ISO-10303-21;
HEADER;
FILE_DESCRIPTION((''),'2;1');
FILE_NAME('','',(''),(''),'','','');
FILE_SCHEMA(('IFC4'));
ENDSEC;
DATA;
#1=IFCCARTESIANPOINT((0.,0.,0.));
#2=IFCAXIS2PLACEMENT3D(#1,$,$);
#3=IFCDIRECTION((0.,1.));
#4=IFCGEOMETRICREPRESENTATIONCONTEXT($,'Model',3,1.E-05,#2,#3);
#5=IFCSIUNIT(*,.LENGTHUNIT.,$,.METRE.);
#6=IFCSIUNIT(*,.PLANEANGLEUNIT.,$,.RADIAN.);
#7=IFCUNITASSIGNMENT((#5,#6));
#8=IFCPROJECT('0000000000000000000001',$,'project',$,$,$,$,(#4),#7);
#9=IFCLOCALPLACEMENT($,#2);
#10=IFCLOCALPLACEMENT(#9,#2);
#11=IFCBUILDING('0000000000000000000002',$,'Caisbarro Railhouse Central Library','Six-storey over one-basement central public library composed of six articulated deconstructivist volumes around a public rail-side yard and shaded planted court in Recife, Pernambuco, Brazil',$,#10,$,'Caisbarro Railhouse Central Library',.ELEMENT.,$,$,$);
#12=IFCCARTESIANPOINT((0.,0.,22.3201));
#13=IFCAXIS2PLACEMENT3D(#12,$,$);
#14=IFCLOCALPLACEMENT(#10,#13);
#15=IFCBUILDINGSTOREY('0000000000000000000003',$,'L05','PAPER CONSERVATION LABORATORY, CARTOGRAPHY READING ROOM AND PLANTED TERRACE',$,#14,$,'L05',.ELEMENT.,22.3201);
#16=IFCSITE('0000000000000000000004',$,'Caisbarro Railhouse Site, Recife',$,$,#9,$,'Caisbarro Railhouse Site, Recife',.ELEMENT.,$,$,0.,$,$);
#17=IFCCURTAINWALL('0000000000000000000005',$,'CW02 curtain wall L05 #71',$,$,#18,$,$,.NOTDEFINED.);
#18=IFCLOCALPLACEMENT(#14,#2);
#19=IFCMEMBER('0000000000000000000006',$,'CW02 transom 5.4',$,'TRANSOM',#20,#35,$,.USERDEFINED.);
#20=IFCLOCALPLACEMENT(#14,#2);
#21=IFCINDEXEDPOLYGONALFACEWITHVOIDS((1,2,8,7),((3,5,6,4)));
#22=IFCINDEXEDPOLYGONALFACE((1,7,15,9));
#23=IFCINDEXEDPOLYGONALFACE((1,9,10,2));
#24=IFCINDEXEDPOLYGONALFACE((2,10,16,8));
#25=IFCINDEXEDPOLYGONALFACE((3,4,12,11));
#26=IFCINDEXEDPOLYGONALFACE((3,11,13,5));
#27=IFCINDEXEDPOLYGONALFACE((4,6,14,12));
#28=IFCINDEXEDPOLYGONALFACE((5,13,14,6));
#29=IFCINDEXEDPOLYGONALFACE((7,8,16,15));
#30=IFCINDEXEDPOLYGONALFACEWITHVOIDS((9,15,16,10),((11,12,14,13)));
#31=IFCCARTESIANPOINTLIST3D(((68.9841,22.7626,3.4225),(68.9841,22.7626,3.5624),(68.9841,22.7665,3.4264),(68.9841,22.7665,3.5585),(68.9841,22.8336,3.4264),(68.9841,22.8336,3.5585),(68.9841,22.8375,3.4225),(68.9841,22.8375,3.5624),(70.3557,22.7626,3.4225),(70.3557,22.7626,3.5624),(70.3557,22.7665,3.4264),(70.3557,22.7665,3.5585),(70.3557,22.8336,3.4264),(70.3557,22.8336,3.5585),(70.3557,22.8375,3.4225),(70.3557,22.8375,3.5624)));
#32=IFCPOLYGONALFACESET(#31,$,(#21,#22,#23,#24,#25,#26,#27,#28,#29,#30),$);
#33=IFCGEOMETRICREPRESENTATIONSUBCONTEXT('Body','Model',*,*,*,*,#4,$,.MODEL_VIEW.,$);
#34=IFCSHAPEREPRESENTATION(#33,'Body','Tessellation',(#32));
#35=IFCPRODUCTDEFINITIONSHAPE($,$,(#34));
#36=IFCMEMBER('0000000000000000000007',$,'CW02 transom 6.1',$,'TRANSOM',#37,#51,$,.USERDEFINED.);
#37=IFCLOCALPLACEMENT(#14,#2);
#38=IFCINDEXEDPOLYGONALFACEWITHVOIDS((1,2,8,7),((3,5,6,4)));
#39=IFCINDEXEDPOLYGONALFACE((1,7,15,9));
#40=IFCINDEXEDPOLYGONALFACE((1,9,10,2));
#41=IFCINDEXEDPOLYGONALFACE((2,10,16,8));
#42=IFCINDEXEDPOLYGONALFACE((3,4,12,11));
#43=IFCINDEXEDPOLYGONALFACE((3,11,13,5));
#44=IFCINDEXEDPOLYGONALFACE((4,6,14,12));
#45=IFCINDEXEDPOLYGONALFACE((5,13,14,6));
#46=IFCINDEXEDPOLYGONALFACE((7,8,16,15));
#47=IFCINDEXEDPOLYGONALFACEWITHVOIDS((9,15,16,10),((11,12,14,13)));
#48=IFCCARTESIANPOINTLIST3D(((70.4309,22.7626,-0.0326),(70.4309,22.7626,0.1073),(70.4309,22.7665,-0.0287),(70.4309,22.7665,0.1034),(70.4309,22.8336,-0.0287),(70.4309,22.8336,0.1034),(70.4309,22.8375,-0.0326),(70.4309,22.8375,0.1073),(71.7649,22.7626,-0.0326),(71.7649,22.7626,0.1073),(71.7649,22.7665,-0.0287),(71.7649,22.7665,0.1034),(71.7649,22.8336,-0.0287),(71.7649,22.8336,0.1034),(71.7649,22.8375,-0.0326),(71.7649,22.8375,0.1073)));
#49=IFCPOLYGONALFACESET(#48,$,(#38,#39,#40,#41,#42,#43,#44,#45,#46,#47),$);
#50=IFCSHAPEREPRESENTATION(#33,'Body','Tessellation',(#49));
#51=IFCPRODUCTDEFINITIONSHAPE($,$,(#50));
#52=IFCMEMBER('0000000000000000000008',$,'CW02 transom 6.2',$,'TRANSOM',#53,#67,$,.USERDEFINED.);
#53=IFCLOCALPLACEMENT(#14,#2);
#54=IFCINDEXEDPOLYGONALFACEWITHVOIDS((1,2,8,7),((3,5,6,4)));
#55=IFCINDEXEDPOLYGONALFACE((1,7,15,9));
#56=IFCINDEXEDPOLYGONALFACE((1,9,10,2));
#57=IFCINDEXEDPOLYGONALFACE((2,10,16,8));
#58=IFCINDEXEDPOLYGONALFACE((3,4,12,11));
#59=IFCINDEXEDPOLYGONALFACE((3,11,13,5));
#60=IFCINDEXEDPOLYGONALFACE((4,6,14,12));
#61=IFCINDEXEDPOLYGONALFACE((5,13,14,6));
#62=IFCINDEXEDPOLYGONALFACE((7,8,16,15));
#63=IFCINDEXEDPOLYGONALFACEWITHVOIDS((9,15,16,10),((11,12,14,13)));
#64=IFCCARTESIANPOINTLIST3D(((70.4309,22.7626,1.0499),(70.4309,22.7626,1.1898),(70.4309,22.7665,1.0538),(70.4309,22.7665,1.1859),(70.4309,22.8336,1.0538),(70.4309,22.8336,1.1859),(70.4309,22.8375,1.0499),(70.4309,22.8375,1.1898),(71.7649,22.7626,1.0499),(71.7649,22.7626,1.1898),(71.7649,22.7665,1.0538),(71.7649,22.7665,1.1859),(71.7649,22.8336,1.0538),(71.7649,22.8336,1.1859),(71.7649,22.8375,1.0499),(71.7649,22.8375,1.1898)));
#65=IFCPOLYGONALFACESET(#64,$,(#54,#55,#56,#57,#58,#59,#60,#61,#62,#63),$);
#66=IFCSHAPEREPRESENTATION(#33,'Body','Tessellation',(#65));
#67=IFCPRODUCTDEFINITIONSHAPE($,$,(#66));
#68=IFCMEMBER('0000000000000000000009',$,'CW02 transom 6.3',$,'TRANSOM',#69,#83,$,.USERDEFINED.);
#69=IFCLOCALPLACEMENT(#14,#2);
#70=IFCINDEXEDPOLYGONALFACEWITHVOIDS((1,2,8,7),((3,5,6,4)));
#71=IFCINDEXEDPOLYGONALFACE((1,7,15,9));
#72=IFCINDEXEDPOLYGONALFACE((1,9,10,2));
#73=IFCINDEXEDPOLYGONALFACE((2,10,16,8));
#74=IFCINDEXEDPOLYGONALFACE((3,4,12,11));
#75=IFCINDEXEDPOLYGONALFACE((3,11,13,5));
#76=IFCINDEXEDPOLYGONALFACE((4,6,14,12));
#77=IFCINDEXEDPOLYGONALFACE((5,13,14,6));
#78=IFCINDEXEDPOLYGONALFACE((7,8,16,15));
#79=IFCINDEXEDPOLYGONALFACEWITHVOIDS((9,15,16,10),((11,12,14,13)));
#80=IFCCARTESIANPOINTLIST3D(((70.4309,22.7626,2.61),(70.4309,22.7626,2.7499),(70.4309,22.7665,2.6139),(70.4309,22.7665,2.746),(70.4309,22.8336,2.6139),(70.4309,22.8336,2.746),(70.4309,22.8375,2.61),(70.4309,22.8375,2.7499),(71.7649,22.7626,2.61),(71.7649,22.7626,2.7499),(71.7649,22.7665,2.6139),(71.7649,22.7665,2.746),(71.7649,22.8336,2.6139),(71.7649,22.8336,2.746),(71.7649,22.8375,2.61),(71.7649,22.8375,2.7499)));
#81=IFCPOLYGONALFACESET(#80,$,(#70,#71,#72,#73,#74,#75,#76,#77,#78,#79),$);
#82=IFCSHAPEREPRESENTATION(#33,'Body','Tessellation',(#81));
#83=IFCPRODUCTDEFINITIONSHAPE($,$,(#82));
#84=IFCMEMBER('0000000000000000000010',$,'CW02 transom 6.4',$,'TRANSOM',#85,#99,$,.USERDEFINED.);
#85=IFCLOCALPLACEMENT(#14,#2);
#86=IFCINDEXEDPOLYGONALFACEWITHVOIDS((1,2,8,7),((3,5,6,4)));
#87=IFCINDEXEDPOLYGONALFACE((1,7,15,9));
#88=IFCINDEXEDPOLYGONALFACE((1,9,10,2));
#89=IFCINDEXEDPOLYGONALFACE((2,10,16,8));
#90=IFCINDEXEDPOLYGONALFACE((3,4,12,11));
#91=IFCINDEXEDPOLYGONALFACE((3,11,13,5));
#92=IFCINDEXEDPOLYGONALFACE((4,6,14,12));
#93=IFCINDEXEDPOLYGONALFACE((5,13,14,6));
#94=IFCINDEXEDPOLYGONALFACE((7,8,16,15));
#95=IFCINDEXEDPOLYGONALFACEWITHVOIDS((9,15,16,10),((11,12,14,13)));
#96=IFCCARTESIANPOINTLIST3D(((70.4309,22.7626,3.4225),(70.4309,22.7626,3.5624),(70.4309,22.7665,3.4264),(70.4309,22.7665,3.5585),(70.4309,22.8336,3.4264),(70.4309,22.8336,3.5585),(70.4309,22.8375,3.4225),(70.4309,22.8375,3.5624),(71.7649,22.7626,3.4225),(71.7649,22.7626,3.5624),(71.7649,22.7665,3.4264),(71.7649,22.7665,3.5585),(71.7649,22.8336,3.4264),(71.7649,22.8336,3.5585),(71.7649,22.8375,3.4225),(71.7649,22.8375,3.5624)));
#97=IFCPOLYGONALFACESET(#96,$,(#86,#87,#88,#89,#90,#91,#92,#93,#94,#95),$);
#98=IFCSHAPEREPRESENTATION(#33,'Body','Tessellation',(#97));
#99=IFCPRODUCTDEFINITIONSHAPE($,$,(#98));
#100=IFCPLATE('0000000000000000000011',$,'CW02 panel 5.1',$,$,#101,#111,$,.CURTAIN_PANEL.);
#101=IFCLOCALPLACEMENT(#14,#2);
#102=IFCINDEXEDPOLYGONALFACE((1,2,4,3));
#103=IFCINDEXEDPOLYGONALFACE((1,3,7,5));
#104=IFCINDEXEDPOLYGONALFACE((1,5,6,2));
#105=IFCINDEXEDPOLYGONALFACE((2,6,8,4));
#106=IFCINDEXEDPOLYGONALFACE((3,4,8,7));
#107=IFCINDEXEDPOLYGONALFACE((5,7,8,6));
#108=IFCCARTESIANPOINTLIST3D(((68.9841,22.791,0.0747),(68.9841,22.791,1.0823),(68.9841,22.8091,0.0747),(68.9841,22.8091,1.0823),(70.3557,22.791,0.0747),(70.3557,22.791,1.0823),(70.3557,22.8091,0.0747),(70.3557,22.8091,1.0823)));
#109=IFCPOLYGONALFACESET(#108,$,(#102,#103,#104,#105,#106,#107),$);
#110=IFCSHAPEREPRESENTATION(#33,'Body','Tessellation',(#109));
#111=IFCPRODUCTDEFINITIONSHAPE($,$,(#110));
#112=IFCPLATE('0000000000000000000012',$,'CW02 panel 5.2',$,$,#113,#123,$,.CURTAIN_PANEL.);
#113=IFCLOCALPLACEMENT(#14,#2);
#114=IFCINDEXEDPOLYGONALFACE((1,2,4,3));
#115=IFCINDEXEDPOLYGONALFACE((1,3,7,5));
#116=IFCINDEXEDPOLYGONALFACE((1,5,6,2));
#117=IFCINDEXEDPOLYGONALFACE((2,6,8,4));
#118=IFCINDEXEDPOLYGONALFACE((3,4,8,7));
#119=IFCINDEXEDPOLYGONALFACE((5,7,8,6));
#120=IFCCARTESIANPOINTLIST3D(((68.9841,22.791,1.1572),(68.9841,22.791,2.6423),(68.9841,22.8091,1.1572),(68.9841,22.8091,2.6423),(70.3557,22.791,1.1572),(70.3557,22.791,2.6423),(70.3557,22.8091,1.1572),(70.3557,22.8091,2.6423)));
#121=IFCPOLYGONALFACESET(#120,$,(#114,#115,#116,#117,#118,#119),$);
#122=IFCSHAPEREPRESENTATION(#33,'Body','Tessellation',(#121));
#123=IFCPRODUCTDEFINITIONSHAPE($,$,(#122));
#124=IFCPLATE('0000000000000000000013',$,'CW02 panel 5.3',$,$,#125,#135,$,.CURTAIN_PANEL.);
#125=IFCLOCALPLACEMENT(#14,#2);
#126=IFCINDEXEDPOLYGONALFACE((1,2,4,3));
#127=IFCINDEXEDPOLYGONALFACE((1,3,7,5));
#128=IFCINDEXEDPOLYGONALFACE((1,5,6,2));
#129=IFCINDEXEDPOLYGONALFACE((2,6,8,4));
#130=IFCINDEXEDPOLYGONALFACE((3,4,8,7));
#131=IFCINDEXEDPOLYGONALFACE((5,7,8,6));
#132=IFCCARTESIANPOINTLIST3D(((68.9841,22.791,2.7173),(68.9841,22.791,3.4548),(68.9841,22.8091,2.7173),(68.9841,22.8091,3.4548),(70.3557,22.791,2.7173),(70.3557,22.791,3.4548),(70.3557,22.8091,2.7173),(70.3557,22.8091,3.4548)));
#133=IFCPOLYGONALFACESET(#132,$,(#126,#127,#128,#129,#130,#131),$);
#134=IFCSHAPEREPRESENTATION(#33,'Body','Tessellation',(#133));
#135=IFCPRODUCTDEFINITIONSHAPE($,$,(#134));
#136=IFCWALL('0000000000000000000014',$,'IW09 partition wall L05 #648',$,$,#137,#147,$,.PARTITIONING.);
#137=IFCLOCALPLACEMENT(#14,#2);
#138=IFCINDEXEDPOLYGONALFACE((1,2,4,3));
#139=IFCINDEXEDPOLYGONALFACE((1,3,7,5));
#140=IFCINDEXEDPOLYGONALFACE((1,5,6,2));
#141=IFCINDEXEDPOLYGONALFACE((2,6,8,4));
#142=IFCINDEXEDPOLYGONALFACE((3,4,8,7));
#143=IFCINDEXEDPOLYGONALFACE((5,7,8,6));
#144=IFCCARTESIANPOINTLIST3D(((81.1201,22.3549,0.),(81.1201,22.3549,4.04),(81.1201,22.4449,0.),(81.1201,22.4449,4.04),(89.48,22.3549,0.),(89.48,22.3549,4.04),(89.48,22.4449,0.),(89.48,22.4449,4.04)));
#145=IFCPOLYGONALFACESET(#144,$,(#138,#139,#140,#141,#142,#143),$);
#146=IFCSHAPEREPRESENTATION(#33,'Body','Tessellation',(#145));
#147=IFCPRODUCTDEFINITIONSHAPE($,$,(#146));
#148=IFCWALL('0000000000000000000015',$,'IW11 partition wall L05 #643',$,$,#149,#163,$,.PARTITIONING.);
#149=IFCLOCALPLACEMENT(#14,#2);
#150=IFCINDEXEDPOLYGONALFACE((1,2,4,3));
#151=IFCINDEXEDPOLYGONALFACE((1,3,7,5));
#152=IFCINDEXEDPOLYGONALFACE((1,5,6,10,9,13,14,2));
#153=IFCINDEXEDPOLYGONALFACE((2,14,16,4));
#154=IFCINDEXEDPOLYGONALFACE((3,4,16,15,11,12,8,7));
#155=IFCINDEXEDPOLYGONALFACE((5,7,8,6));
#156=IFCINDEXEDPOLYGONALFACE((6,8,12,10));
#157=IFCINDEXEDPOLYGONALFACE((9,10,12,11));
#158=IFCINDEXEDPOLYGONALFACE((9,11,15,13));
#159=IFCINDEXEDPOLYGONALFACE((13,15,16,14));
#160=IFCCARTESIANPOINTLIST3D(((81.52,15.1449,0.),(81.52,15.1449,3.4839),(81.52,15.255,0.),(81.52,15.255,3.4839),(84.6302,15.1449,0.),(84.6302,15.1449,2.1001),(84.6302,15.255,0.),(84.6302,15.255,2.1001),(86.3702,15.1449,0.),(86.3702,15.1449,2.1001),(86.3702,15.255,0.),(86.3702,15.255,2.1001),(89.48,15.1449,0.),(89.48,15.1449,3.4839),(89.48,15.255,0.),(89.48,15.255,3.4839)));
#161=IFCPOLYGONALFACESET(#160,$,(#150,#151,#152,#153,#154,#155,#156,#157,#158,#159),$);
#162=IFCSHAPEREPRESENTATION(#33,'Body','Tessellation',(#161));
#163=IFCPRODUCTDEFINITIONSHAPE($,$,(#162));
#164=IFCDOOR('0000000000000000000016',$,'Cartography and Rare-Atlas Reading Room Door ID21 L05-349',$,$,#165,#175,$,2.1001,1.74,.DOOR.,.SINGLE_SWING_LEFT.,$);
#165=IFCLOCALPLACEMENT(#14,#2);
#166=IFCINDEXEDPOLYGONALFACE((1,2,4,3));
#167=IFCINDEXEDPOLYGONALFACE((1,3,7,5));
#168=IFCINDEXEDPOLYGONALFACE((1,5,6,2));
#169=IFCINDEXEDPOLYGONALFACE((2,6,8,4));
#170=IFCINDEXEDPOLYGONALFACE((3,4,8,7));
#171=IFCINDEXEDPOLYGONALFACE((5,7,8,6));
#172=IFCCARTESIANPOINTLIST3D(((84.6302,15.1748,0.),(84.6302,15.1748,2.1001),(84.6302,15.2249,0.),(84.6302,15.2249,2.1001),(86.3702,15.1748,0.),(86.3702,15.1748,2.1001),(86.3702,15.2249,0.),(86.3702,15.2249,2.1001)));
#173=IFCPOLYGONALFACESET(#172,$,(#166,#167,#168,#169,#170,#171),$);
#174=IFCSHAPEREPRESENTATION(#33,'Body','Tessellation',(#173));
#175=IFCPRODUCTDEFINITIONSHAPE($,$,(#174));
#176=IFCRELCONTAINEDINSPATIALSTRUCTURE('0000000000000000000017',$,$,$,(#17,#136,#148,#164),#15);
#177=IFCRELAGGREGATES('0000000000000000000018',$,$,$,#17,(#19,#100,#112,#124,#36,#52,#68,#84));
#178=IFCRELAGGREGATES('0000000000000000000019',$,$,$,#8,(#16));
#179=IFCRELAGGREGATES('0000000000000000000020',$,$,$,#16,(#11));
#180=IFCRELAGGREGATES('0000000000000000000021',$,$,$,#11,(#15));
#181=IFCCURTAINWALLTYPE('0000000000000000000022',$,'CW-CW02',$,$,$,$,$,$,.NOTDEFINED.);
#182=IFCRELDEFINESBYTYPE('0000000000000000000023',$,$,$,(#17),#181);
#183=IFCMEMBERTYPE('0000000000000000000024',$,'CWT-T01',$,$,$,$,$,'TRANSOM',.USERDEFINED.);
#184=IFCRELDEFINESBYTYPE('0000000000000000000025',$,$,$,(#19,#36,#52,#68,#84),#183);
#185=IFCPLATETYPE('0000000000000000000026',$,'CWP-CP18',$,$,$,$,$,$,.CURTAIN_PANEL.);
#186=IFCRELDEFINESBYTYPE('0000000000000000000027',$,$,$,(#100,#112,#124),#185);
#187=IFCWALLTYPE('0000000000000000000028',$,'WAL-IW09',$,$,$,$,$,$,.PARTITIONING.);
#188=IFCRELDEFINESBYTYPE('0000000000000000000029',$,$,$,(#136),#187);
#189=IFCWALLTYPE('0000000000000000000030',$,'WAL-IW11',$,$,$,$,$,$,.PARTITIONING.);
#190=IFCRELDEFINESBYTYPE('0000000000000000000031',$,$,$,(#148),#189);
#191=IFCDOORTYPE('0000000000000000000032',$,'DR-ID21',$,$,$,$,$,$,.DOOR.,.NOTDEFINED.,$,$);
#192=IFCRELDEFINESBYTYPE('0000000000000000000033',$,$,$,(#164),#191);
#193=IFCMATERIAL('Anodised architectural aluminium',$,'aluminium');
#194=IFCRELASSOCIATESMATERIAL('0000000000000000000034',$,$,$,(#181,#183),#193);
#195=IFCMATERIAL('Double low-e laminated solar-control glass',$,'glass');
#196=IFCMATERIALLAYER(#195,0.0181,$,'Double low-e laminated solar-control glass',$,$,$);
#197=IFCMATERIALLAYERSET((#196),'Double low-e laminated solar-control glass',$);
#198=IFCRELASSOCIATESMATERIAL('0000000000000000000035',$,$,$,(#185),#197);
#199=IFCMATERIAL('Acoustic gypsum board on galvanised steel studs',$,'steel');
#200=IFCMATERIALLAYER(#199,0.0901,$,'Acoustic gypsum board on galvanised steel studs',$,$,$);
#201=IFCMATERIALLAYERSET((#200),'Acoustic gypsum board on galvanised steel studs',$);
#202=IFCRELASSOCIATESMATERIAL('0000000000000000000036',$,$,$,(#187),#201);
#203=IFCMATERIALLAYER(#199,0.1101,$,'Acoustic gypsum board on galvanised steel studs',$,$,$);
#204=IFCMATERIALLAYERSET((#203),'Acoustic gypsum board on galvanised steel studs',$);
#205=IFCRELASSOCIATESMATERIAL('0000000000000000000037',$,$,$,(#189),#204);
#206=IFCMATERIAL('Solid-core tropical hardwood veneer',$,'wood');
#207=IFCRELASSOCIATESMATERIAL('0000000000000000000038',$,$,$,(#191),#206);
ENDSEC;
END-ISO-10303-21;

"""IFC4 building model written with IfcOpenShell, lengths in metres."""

from ifc_helpers import new_model, si_unit, direction, frame, frame_2d, origin, origin_2d, place, context, subcontext, project, spatial, rectangle, hollow_rectangle, extrude, material, layer, layer_set, material_profile, profile_set, type_object, element, fill, aggregate, save


model = new_model("IFC4")

# Units and contexts
model_context = context("Model", 3, precision=1e-05, world=origin(), true_north=direction((0.0, 1.0)))
body_context = subcontext(model_context, "Body", "Model", "MODEL_VIEW")
ifc_project = project(units=[si_unit("LENGTHUNIT", "METRE"), si_unit("PLANEANGLEUNIT", "RADIAN")], contexts=[model_context])

# Site, building, storey
site_placement = place(None, origin())
site = spatial("IfcSite", under=ifc_project, at=site_placement, Name="Caisbarro Railhouse Site, Recife", LongName="Caisbarro Railhouse Site, Recife", CompositionType="ELEMENT", RefElevation=0.0)
building_placement = place(site_placement, origin())
building = spatial("IfcBuilding", under=site, at=building_placement, Name="Caisbarro Railhouse Central Library", Description="Six-storey over one-basement central public library composed of six articulated deconstructivist volumes around a public rail-side yard and shaded planted court in Recife, Pernambuco, Brazil", LongName="Caisbarro Railhouse Central Library", CompositionType="ELEMENT")
storey_placement = place(building_placement, frame((0.0, 0.0, 22.3201)))
storey = spatial("IfcBuildingStorey", under=building, at=storey_placement, Name="L05", Description="PAPER CONSERVATION LABORATORY, CARTOGRAPHY READING ROOM AND PLANTED TERRACE", LongName="L05", CompositionType="ELEMENT", Elevation=22.3201)

# Curtain wall, members, plates
ifc_material_1 = material(Name="Anodised architectural aluminium", Category="aluminium")
curtain_wall_type = type_object("IfcCurtainWallType", Name="CW-CW02", PredefinedType="NOTDEFINED", material=ifc_material_1)
curtain_wall_placement = place(storey_placement, origin())
curtain_wall = element("IfcCurtainWall", 1, at=curtain_wall_placement, inside=storey, type_object=curtain_wall_type, Name="CW02 curtain wall L05 #71", PredefinedType="NOTDEFINED")
ifc_material_profile_1 = material_profile(ifc_material_1, hollow_rectangle(XDim=0.075, YDim=0.1399, WallThickness=0.0039, at=origin_2d()), Name="ALU-TRN-75X140")
ifc_profile_set_1 = profile_set([ifc_material_profile_1], Name="Anodised architectural aluminium")
member_type_1 = type_object("IfcMemberType", Name="CWT-T01", ElementType="TRANSOM", PredefinedType="USERDEFINED", material=ifc_profile_set_1)
member_1_placement = place(storey_placement, frame((68.9841, 22.8, 3.4924), z_axis=(1.0, 0.0, 0.0), x_axis=(0.0, 1.0, 0.0)))
member_1 = element("IfcMember", 2, at=member_1_placement, type_object=member_type_1, Name="CW02 transom 5.4", ObjectType="TRANSOM", PredefinedType="USERDEFINED", context=body_context, shape_type="SweptSolid", body=[
    extrude(hollow_rectangle(XDim=0.075, YDim=0.1399, WallThickness=0.0039, at=origin_2d()), origin(), (0.0, 0.0, 1.0), 1.3716),
])
member_2_placement = place(storey_placement, frame((70.4309, 22.8, 0.0374), z_axis=(1.0, 0.0, 0.0), x_axis=(0.0, 1.0, 0.0)))
member_2 = element("IfcMember", 3, at=member_2_placement, type_object=member_type_1, Name="CW02 transom 6.1", ObjectType="TRANSOM", PredefinedType="USERDEFINED", context=body_context, shape_type="SweptSolid", body=[
    extrude(hollow_rectangle(XDim=0.075, YDim=0.1399, WallThickness=0.0039, at=origin_2d()), origin(), (0.0, 0.0, 1.0), 1.334),
])
member_3_placement = place(storey_placement, frame((70.4309, 22.8, 1.1199), z_axis=(1.0, 0.0, 0.0), x_axis=(0.0, 1.0, 0.0)))
member_3 = element("IfcMember", 4, at=member_3_placement, type_object=member_type_1, Name="CW02 transom 6.2", ObjectType="TRANSOM", PredefinedType="USERDEFINED", context=body_context, shape_type="SweptSolid", body=[
    extrude(hollow_rectangle(XDim=0.075, YDim=0.1399, WallThickness=0.0039, at=origin_2d()), origin(), (0.0, 0.0, 1.0), 1.334),
])
member_4_placement = place(storey_placement, frame((70.4309, 22.8, 2.6799), z_axis=(1.0, 0.0, 0.0), x_axis=(0.0, 1.0, 0.0)))
member_4 = element("IfcMember", 5, at=member_4_placement, type_object=member_type_1, Name="CW02 transom 6.3", ObjectType="TRANSOM", PredefinedType="USERDEFINED", context=body_context, shape_type="SweptSolid", body=[
    extrude(hollow_rectangle(XDim=0.075, YDim=0.1399, WallThickness=0.0039, at=origin_2d()), origin(), (0.0, 0.0, 1.0), 1.334),
])
member_5_placement = place(storey_placement, frame((70.4309, 22.8, 3.4924), z_axis=(1.0, 0.0, 0.0), x_axis=(0.0, 1.0, 0.0)))
member_5 = element("IfcMember", 6, at=member_5_placement, type_object=member_type_1, Name="CW02 transom 6.4", ObjectType="TRANSOM", PredefinedType="USERDEFINED", context=body_context, shape_type="SweptSolid", body=[
    extrude(hollow_rectangle(XDim=0.075, YDim=0.1399, WallThickness=0.0039, at=origin_2d()), origin(), (0.0, 0.0, 1.0), 1.334),
])
ifc_material_2 = material(Name="Double low-e laminated solar-control glass", Category="glass")
ifc_layer_1 = layer(ifc_material_2, 0.0181, Name="Double low-e laminated solar-control glass")
ifc_layer_set_1 = layer_set([ifc_layer_1], Name="Double low-e laminated solar-control glass")
plate_type = type_object("IfcPlateType", Name="CWP-CP18", PredefinedType="CURTAIN_PANEL", material=ifc_layer_set_1)
plate_1_placement = place(storey_placement, frame((69.6699, 22.8, 0.0747), z_axis=(0.0, 0.0, 1.0), x_axis=(1.0, 0.0, 0.0)))
plate_1 = element("IfcPlate", 7, at=plate_1_placement, type_object=plate_type, Name="CW02 panel 5.1", PredefinedType="CURTAIN_PANEL", context=body_context, shape_type="SweptSolid", body=[
    extrude(rectangle(XDim=1.3716, YDim=0.0181, at=origin_2d()), origin(), (0.0, 0.0, 1.0), 1.0076),
])
plate_2_placement = place(storey_placement, frame((69.6699, 22.8, 1.1572), z_axis=(0.0, 0.0, 1.0), x_axis=(1.0, 0.0, 0.0)))
plate_2 = element("IfcPlate", 8, at=plate_2_placement, type_object=plate_type, Name="CW02 panel 5.2", PredefinedType="CURTAIN_PANEL", context=body_context, shape_type="SweptSolid", body=[
    extrude(rectangle(XDim=1.3716, YDim=0.0181, at=origin_2d()), origin(), (0.0, 0.0, 1.0), 1.4851),
])
plate_3_placement = place(storey_placement, frame((69.6699, 22.8, 2.7173), z_axis=(0.0, 0.0, 1.0), x_axis=(1.0, 0.0, 0.0)))
plate_3 = element("IfcPlate", 9, at=plate_3_placement, type_object=plate_type, Name="CW02 panel 5.3", PredefinedType="CURTAIN_PANEL", context=body_context, shape_type="SweptSolid", body=[
    extrude(rectangle(XDim=1.3716, YDim=0.0181, at=origin_2d()), origin(), (0.0, 0.0, 1.0), 0.7375),
])
aggregate(curtain_wall, [member_1, plate_1, plate_2, plate_3, member_2, member_3, member_4, member_5])

# Wall
ifc_material_3 = material(Name="Acoustic gypsum board on galvanised steel studs", Category="steel")
ifc_layer_2 = layer(ifc_material_3, 0.0901, Name="Acoustic gypsum board on galvanised steel studs")
ifc_layer_set_2 = layer_set([ifc_layer_2], Name="Acoustic gypsum board on galvanised steel studs")
wall_type_1 = type_object("IfcWallType", Name="WAL-IW09", PredefinedType="PARTITIONING", material=ifc_layer_set_2)
wall_1_placement = place(storey_placement, frame((81.1201, 22.3999, 0.0), z_axis=(0.0, 0.0, 1.0), x_axis=(1.0, 0.0, 0.0)))
element("IfcWall", 10, at=wall_1_placement, inside=storey, type_object=wall_type_1, Name="IW09 partition wall L05 #648", PredefinedType="PARTITIONING", context=body_context, shape_type="SweptSolid", body=[
    extrude(rectangle(XDim=8.3599, YDim=0.0901, at=frame_2d((4.1799, 0.0))), origin(), (0.0, 0.0, 1.0), 4.04),
])

# Wall, opening, door
ifc_layer_3 = layer(ifc_material_3, 0.1101, Name="Acoustic gypsum board on galvanised steel studs")
ifc_layer_set_3 = layer_set([ifc_layer_3], Name="Acoustic gypsum board on galvanised steel studs")
wall_type_2 = type_object("IfcWallType", Name="WAL-IW11", PredefinedType="PARTITIONING", material=ifc_layer_set_3)
wall_2_placement = place(storey_placement, frame((81.52, 15.2, 0.0), z_axis=(0.0, 0.0, 1.0), x_axis=(1.0, 0.0, 0.0)))
wall_2 = element("IfcWall", 11, at=wall_2_placement, inside=storey, type_object=wall_type_2, Name="IW11 partition wall L05 #643", PredefinedType="PARTITIONING", context=body_context, shape_type="SweptSolid", body=[
    extrude(rectangle(XDim=7.96, YDim=0.1101, at=frame_2d((3.98, 0.0))), origin(), (0.0, 0.0, 1.0), 3.4839),
])
opening_1_placement = place(wall_2_placement, frame((3.1101, 0.0, 0.0)))
opening_1 = element("IfcOpeningElement", 12, at=opening_1_placement, cuts=wall_2, PredefinedType="OPENING", context=body_context, shape_type="SweptSolid", body=[
    extrude(rectangle(XDim=1.74, YDim=2.1001, at=frame_2d((0.8701, 1.05))), frame((0.0, 0.0649, 0.0), z_axis=(0.0, -1.0, 0.0), x_axis=(1.0, 0.0, 0.0)), (0.0, 0.0, 1.0), 0.1301),
])
ifc_material_4 = material(Name="Solid-core tropical hardwood veneer", Category="wood")
door_type_1 = type_object("IfcDoorType", Name="DR-ID21", OperationType="NOTDEFINED", PredefinedType="DOOR", material=ifc_material_4)
door_1_placement = place(opening_1_placement, origin())
door_1 = element("IfcDoor", 13, at=door_1_placement, inside=storey, type_object=door_type_1, Name="Cartography and Rare-Atlas Reading Room Door ID21 L05-349", OperationType="SINGLE_SWING_LEFT", OverallHeight=2.1001, OverallWidth=1.74, PredefinedType="DOOR", context=body_context, shape_type="SweptSolid", body=[
    extrude(rectangle(XDim=1.74, YDim=2.1001, at=frame_2d((0.8701, 1.05))), frame((0.0, 0.0249, 0.0), z_axis=(0.0, -1.0, 0.0), x_axis=(1.0, 0.0, 0.0)), (0.0, 0.0, 1.0), 0.05),
])
fill(opening_1, door_1)

save(model, "model.ifc")
